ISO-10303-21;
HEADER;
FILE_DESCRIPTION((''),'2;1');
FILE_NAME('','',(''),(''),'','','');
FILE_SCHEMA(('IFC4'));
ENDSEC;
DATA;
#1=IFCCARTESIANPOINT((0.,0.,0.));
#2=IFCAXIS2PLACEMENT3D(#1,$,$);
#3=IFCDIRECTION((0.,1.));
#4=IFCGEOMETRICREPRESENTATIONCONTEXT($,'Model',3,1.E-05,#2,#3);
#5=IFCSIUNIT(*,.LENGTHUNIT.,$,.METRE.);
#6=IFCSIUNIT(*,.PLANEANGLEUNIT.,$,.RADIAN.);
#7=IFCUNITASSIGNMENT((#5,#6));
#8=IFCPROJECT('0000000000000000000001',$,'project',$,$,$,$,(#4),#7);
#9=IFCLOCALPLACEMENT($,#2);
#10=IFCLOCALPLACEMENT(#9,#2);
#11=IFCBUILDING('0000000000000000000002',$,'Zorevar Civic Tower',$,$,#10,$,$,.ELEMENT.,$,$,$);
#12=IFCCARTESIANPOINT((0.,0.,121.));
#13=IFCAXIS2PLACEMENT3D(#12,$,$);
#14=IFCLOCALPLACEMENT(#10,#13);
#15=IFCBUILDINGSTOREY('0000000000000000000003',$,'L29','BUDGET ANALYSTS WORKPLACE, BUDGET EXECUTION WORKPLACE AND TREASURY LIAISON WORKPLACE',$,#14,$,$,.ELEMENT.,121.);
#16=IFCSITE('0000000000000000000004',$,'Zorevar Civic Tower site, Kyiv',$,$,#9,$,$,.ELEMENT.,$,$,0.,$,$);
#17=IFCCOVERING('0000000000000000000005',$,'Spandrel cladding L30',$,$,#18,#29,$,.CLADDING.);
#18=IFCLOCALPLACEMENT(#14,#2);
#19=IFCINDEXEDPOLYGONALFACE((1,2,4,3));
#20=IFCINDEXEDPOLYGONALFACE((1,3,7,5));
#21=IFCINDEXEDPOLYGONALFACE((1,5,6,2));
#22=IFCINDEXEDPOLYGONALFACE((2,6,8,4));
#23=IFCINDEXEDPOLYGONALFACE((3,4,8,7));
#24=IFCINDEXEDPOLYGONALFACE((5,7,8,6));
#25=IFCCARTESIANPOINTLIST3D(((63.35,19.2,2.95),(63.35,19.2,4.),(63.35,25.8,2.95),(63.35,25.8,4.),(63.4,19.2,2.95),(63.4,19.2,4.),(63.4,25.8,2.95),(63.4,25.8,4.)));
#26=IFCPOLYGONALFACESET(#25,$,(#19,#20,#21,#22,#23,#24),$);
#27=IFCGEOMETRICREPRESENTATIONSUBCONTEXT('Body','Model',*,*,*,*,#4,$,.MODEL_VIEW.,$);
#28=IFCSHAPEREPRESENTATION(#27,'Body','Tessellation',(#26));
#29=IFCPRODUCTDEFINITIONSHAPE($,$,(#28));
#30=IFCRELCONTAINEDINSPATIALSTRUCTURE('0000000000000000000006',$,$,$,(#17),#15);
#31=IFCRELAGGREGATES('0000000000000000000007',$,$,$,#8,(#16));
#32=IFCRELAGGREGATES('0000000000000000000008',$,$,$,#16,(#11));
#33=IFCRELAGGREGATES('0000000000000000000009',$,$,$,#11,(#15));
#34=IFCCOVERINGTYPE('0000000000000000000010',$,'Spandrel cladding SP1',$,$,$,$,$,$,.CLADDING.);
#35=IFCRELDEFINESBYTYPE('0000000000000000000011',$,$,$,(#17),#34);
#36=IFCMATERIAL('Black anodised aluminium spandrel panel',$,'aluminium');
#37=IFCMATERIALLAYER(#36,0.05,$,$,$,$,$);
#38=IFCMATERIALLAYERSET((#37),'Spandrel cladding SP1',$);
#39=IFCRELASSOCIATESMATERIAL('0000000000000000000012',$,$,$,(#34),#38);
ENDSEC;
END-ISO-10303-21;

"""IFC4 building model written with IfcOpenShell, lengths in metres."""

from ifc_helpers import new_model, si_unit, direction, frame, frame_2d, origin, place, context, subcontext, project, spatial, rectangle, extrude, material, layer, layer_set, type_object, element, save


model = new_model("IFC4")

# Units and contexts
model_context = context("Model", 3, precision=1e-05, world=origin(), true_north=direction((0.0, 1.0)))
body_context = subcontext(model_context, "Body", "Model", "MODEL_VIEW")
ifc_project = project(units=[si_unit("LENGTHUNIT", "METRE"), si_unit("PLANEANGLEUNIT", "RADIAN")], contexts=[model_context])

# Site, building, storey
site_placement = place(None, origin())
site = spatial("IfcSite", under=ifc_project, at=site_placement, Name="Zorevar Civic Tower site, Kyiv", CompositionType="ELEMENT", RefElevation=0.0)
building_placement = place(site_placement, origin())
building = spatial("IfcBuilding", under=site, at=building_placement, Name="Zorevar Civic Tower", CompositionType="ELEMENT")
storey_placement = place(building_placement, frame((0.0, 0.0, 121.0)))
storey = spatial("IfcBuildingStorey", under=building, at=storey_placement, Name="L29", Description="BUDGET ANALYSTS WORKPLACE, BUDGET EXECUTION WORKPLACE AND TREASURY LIAISON WORKPLACE", CompositionType="ELEMENT", Elevation=121.0)

# Covering
ifc_material_1 = material(Name="Black anodised aluminium spandrel panel", Category="aluminium")
ifc_layer_1 = layer(ifc_material_1, 0.05)
ifc_layer_set_1 = layer_set([ifc_layer_1], Name="Spandrel cladding SP1")
covering_type = type_object("IfcCoveringType", Name="Spandrel cladding SP1", PredefinedType="CLADDING", material=ifc_layer_set_1)
covering_1_placement = place(storey_placement, frame((63.375, 19.2, 2.95), z_axis=(0.0, 0.0, 1.0), x_axis=(0.0, 1.0, 0.0)))
element("IfcCovering", 1, at=covering_1_placement, inside=storey, type_object=covering_type, Name="Spandrel cladding L30", PredefinedType="CLADDING", context=body_context, shape_type="SweptSolid", body=[
    extrude(rectangle(XDim=6.6001, YDim=0.05, at=frame_2d((3.3, 0.0))), origin(), (0.0, 0.0, 1.0), 1.05),
])

save(model, "model.ifc")
